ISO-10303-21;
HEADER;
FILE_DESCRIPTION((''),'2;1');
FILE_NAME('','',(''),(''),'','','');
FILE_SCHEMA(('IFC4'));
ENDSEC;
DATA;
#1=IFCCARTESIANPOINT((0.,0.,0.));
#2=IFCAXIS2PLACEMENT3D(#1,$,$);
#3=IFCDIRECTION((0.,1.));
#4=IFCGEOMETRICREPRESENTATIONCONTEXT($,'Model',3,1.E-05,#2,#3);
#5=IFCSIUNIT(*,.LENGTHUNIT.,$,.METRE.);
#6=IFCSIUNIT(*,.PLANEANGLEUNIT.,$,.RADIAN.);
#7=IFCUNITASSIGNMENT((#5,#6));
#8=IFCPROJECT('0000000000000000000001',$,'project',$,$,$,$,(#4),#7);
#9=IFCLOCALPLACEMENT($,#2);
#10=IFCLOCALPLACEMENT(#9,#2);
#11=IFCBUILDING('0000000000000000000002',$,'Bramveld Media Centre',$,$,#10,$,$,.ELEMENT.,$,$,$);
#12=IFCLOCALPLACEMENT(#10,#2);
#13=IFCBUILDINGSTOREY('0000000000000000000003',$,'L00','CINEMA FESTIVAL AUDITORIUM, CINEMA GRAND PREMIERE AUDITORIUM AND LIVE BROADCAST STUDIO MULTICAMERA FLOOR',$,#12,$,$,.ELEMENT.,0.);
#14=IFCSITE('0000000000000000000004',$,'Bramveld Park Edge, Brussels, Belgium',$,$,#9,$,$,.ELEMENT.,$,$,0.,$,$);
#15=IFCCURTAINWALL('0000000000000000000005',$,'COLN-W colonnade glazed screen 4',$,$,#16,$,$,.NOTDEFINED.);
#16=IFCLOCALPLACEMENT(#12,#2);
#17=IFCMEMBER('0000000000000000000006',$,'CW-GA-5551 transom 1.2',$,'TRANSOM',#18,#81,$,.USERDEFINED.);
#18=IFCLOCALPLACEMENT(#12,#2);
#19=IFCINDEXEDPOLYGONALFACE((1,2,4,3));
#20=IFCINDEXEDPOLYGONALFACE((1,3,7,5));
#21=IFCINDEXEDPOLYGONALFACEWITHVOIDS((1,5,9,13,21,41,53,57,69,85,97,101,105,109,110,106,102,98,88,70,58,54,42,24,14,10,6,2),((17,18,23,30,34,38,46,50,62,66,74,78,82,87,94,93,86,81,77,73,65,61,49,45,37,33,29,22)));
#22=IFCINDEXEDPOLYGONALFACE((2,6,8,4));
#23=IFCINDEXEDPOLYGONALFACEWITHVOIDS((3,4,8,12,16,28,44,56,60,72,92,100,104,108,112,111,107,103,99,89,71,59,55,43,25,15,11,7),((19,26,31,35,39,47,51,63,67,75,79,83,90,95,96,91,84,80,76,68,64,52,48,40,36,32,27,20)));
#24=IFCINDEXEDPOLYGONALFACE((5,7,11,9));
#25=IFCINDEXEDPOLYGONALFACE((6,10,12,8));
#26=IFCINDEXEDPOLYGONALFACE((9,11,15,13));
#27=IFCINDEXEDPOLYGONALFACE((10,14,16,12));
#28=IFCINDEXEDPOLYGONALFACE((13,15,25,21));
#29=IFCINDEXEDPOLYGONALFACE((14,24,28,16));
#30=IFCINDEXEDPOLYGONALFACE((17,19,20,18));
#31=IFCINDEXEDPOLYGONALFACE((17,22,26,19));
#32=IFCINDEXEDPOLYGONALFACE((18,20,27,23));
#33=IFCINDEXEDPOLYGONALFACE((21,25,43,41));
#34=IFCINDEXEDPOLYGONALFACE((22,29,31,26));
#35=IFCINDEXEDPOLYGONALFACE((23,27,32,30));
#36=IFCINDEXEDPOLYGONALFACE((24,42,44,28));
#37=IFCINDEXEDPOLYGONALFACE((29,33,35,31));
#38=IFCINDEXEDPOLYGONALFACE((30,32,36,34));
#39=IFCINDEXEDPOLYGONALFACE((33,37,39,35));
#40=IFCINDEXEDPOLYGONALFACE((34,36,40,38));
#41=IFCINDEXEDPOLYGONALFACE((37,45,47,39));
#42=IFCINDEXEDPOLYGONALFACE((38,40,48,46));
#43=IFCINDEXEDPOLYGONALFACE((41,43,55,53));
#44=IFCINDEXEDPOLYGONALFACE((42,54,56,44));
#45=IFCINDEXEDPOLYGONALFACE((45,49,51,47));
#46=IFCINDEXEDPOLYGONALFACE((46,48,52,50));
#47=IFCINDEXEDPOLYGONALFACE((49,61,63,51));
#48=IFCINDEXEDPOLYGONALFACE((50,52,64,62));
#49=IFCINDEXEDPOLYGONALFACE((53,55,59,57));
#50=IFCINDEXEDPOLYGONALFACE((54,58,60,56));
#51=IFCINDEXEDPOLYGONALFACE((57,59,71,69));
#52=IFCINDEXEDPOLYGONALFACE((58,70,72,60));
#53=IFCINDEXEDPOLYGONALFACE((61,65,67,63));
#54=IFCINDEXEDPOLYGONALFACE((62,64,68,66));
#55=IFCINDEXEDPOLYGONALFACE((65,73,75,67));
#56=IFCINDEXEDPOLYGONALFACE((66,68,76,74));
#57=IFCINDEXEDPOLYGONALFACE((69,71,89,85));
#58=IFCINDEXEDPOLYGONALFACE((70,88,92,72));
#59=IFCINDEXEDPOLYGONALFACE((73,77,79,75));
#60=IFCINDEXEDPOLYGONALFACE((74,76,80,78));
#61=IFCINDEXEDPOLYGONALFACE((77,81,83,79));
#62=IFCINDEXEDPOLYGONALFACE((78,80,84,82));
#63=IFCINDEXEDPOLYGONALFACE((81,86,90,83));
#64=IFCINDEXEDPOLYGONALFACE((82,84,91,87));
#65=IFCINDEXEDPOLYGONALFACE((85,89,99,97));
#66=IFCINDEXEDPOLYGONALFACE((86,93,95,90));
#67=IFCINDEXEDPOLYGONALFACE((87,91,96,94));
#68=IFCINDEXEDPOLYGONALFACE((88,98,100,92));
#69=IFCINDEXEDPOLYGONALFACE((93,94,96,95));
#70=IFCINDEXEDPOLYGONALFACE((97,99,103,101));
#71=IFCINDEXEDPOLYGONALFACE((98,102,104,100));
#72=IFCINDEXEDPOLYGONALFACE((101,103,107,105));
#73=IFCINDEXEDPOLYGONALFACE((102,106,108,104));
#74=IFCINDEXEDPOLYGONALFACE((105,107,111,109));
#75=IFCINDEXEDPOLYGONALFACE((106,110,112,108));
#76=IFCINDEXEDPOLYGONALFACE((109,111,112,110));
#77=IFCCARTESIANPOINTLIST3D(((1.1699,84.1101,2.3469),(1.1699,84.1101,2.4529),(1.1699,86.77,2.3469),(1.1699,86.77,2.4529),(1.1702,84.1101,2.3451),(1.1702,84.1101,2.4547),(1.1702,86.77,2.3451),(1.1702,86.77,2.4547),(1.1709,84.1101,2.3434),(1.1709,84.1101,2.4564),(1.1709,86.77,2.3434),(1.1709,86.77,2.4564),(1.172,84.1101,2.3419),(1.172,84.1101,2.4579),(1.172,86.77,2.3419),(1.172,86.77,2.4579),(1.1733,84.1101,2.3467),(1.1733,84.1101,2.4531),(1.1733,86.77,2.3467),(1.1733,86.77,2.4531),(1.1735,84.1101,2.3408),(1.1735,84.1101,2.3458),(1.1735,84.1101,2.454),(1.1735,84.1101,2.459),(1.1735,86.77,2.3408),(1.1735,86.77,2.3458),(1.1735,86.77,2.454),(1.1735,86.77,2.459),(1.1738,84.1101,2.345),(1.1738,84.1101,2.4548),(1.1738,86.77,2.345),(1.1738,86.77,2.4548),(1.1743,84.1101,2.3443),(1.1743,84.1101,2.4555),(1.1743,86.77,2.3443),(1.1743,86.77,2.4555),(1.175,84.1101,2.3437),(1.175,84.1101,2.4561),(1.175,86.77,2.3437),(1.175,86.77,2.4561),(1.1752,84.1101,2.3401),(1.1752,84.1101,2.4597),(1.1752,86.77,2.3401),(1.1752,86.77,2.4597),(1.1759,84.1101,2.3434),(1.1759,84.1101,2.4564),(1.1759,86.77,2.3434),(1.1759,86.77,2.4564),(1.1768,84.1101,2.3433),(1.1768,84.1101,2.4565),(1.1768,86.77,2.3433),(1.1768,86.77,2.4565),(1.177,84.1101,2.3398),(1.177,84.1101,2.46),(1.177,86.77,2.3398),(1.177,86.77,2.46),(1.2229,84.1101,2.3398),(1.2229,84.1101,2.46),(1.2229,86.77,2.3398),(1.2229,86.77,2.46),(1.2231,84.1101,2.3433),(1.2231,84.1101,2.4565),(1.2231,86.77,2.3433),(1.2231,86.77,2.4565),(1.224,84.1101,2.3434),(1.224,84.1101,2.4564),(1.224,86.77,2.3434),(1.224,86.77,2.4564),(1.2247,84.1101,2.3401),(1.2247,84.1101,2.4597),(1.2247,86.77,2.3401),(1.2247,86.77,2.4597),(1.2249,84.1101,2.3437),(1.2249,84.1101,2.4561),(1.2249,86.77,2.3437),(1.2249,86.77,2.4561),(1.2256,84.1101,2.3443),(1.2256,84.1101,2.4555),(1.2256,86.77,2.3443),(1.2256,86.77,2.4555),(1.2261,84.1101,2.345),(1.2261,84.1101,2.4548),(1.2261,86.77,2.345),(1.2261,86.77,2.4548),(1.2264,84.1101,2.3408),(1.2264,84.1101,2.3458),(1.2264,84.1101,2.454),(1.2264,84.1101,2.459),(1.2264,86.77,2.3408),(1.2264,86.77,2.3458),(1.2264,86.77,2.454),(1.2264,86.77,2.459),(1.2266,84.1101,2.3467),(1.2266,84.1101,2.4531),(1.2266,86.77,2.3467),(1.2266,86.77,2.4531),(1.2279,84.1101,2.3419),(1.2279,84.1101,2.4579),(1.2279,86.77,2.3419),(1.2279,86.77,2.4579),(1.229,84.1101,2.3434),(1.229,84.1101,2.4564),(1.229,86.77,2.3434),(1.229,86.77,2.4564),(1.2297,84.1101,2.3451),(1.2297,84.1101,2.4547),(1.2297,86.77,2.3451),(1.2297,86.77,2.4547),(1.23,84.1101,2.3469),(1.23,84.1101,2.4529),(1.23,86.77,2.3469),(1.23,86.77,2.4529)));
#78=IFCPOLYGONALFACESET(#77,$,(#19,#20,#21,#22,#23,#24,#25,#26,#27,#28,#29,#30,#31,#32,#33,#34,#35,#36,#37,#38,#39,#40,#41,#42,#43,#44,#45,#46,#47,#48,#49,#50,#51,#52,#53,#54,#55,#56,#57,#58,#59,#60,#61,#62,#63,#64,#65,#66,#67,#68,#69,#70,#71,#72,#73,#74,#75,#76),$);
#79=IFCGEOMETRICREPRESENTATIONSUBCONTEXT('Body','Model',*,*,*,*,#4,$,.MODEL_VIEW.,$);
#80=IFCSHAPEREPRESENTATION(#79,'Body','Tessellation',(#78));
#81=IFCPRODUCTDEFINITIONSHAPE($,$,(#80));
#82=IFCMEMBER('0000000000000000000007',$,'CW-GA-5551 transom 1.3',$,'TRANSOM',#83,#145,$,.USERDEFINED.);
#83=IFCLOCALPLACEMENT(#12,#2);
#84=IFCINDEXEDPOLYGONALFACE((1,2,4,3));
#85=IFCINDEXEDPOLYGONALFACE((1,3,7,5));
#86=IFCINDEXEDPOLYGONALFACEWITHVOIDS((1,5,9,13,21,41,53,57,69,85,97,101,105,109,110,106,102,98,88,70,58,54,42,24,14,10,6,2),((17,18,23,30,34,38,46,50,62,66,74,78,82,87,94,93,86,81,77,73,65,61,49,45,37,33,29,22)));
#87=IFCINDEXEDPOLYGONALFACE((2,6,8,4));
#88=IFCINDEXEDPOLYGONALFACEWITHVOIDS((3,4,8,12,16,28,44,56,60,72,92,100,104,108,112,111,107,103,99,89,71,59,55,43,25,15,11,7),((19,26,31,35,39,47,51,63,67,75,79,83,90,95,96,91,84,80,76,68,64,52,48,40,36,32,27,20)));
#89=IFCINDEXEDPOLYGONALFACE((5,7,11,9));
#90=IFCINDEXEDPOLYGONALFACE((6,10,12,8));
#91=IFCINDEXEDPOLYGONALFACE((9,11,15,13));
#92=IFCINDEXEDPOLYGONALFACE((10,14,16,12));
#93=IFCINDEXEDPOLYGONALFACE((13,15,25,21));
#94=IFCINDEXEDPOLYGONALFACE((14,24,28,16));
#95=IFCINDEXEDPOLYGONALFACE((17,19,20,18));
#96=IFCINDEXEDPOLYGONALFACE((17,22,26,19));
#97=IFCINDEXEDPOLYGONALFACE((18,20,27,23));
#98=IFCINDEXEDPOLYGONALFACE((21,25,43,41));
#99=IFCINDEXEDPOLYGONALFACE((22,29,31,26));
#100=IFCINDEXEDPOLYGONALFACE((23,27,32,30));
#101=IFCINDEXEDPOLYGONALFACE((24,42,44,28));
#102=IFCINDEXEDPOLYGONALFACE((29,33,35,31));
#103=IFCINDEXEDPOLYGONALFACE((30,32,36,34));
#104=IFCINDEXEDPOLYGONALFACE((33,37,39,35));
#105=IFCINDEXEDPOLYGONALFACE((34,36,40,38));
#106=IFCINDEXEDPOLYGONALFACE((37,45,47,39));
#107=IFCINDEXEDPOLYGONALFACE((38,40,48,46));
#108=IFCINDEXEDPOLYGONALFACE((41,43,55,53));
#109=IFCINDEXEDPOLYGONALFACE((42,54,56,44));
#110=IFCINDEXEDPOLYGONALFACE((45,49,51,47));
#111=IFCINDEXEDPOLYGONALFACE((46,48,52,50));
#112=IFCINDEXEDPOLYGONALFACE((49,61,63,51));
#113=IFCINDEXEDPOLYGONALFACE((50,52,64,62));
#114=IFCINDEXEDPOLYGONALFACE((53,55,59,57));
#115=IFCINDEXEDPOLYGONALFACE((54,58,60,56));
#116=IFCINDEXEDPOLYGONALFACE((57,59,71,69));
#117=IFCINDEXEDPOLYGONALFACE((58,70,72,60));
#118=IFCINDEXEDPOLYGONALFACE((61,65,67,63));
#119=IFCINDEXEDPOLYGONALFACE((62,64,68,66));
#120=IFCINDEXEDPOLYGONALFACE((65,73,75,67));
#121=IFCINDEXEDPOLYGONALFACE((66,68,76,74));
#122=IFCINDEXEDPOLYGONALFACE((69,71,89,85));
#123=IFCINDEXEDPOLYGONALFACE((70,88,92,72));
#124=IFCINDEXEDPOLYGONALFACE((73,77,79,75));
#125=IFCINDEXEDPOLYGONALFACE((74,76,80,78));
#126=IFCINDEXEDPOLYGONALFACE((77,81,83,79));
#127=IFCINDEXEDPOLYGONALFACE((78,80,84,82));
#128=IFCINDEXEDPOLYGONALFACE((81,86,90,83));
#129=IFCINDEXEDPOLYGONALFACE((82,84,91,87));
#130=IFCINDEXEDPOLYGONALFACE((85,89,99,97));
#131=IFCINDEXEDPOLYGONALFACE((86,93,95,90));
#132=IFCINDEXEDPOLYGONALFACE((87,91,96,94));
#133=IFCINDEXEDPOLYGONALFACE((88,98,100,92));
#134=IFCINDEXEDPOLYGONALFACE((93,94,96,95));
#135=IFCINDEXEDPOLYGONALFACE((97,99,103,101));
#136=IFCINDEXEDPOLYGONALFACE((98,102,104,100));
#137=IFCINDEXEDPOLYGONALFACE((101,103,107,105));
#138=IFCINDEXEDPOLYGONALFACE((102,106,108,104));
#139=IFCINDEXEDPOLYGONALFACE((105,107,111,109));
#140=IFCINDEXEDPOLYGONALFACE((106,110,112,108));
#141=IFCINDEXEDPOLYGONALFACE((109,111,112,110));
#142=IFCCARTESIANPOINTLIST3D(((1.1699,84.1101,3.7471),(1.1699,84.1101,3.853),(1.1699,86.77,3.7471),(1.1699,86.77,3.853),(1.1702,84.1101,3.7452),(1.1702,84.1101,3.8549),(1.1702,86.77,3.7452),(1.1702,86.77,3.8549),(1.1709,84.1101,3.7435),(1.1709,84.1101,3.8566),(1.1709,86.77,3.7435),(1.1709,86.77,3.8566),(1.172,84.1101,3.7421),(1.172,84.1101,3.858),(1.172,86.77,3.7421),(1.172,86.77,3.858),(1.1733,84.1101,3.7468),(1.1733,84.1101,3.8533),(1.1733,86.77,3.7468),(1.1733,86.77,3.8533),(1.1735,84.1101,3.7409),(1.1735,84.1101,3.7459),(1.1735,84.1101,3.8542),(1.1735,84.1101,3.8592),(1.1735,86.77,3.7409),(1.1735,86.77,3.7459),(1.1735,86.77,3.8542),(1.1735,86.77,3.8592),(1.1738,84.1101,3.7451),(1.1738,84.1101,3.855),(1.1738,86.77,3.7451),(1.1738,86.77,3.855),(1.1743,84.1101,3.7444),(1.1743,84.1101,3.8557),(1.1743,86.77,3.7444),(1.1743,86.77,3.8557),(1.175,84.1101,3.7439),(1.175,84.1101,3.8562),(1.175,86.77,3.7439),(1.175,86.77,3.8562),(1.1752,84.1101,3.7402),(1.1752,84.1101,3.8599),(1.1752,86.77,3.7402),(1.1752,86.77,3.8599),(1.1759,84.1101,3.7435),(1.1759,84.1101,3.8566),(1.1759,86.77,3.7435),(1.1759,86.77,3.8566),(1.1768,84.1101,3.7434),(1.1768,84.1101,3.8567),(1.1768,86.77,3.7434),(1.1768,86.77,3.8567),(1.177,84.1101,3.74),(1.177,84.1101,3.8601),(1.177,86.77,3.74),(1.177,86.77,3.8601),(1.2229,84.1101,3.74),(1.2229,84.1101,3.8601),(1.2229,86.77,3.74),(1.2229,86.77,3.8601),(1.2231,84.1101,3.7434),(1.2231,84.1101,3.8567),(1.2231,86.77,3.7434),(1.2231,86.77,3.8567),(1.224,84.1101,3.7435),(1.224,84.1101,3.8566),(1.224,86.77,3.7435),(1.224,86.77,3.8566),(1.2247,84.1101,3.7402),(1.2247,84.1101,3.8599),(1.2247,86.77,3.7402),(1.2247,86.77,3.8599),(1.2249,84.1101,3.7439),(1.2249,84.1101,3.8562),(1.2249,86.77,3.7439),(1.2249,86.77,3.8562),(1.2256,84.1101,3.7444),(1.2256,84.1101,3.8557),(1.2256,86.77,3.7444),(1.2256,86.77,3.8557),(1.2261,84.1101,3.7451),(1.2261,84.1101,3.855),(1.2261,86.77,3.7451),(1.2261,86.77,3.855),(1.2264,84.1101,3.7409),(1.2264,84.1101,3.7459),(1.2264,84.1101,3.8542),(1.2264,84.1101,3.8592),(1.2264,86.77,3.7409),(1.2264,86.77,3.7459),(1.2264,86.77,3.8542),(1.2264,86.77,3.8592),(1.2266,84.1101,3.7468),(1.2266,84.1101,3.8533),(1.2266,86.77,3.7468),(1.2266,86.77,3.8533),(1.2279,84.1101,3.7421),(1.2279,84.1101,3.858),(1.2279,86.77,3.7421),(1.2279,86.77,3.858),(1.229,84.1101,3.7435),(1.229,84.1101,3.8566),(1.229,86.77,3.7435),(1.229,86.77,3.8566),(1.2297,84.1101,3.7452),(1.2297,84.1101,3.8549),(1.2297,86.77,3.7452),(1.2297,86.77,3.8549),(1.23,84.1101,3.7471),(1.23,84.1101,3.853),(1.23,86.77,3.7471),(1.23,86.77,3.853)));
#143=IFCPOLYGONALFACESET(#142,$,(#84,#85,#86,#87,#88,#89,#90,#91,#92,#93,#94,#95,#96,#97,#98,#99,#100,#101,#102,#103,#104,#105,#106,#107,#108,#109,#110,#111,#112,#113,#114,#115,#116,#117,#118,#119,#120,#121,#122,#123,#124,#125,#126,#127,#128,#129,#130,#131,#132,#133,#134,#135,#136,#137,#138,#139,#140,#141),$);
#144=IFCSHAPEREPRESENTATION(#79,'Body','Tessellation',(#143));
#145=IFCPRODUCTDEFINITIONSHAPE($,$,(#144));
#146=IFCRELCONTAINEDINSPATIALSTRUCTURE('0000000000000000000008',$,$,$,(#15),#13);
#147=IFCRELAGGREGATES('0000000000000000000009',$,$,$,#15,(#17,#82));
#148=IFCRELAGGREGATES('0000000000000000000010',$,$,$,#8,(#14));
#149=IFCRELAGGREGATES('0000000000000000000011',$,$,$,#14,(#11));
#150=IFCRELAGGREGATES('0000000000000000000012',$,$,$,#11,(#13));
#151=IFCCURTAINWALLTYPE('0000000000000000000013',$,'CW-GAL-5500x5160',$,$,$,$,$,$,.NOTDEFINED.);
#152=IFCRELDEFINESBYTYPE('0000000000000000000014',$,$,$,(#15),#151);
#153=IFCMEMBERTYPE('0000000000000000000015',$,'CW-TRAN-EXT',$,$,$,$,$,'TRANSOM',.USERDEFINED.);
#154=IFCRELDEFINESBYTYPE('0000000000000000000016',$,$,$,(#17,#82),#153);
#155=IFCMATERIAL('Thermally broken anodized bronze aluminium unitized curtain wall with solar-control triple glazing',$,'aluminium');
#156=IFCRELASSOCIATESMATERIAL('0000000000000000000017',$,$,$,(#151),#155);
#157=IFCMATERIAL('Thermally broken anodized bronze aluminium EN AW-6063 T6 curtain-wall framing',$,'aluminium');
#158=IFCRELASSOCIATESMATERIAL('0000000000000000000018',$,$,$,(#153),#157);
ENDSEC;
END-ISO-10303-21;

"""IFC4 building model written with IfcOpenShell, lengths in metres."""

from ifc_helpers import new_model, si_unit, direction, frame, origin, origin_2d, place, context, subcontext, project, spatial, hollow_rectangle, extrude, material, material_profile, profile_set, type_object, element, aggregate, save


model = new_model("IFC4")

# Units and contexts
model_context = context("Model", 3, precision=1e-05, world=origin(), true_north=direction((0.0, 1.0)))
body_context = subcontext(model_context, "Body", "Model", "MODEL_VIEW")
ifc_project = project(units=[si_unit("LENGTHUNIT", "METRE"), si_unit("PLANEANGLEUNIT", "RADIAN")], contexts=[model_context])

# Site, building, storey
site_placement = place(None, origin())
site = spatial("IfcSite", under=ifc_project, at=site_placement, Name="Bramveld Park Edge, Brussels, Belgium", CompositionType="ELEMENT", RefElevation=0.0)
building_placement = place(site_placement, origin())
building = spatial("IfcBuilding", under=site, at=building_placement, Name="Bramveld Media Centre", CompositionType="ELEMENT")
storey_placement = place(building_placement, origin())
storey = spatial("IfcBuildingStorey", under=building, at=storey_placement, Name="L00", Description="CINEMA FESTIVAL AUDITORIUM, CINEMA GRAND PREMIERE AUDITORIUM AND LIVE BROADCAST STUDIO MULTICAMERA FLOOR", CompositionType="ELEMENT", Elevation=0.0)

# Curtain wall, members
ifc_material_1 = material(Name="Thermally broken anodized bronze aluminium unitized curtain wall with solar-control triple glazing", Category="aluminium")
curtain_wall_type_1 = type_object("IfcCurtainWallType", Name="CW-GAL-5500x5160", PredefinedType="NOTDEFINED", material=ifc_material_1)
curtain_wall_1_placement = place(storey_placement, origin())
curtain_wall_1 = element("IfcCurtainWall", 1, at=curtain_wall_1_placement, inside=storey, type_object=curtain_wall_type_1, Name="COLN-W colonnade glazed screen 4", PredefinedType="NOTDEFINED")
ifc_material_2 = material(Name="Thermally broken anodized bronze aluminium EN AW-6063 T6 curtain-wall framing", Category="aluminium")
ifc_material_profile_1 = material_profile(ifc_material_2, hollow_rectangle(XDim=0.0601, YDim=0.1201, WallThickness=0.0034, InnerFilletRadius=0.0034, OuterFilletRadius=0.0071, at=origin_2d()), Name="AL-TRAN 60x120")
ifc_profile_set_1 = profile_set([ifc_material_profile_1], Name="Thermally broken anodized bronze aluminium EN AW-6063 T6 curtain-wall framing")
member_type_1 = type_object("IfcMemberType", Name="CW-TRAN-EXT", ElementType="TRANSOM", PredefinedType="USERDEFINED", material=ifc_profile_set_1)
member_1_placement = place(storey_placement, frame((1.2, 84.1101, 2.3999), z_axis=(0.0, 1.0, 0.0), x_axis=(-1.0, 0.0, 0.0)))
member_1 = element("IfcMember", 2, at=member_1_placement, type_object=member_type_1, Name="CW-GA-5551 transom 1.2", ObjectType="TRANSOM", PredefinedType="USERDEFINED", context=body_context, shape_type="SweptSolid", body=[
    extrude(hollow_rectangle(XDim=0.0601, YDim=0.1201, WallThickness=0.0034, InnerFilletRadius=0.0034, OuterFilletRadius=0.0071, at=origin_2d()), origin(), (0.0, 0.0, 1.0), 2.6599),
])
member_2_placement = place(storey_placement, frame((1.2, 84.1101, 3.8), z_axis=(0.0, 1.0, 0.0), x_axis=(-1.0, 0.0, 0.0)))
member_2 = element("IfcMember", 3, at=member_2_placement, type_object=member_type_1, Name="CW-GA-5551 transom 1.3", ObjectType="TRANSOM", PredefinedType="USERDEFINED", context=body_context, shape_type="SweptSolid", body=[
    extrude(hollow_rectangle(XDim=0.0601, YDim=0.1201, WallThickness=0.0034, InnerFilletRadius=0.0034, OuterFilletRadius=0.0071, at=origin_2d()), origin(), (0.0, 0.0, 1.0), 2.6599),
])
aggregate(curtain_wall_1, [member_1, member_2])

save(model, "model.ifc")
